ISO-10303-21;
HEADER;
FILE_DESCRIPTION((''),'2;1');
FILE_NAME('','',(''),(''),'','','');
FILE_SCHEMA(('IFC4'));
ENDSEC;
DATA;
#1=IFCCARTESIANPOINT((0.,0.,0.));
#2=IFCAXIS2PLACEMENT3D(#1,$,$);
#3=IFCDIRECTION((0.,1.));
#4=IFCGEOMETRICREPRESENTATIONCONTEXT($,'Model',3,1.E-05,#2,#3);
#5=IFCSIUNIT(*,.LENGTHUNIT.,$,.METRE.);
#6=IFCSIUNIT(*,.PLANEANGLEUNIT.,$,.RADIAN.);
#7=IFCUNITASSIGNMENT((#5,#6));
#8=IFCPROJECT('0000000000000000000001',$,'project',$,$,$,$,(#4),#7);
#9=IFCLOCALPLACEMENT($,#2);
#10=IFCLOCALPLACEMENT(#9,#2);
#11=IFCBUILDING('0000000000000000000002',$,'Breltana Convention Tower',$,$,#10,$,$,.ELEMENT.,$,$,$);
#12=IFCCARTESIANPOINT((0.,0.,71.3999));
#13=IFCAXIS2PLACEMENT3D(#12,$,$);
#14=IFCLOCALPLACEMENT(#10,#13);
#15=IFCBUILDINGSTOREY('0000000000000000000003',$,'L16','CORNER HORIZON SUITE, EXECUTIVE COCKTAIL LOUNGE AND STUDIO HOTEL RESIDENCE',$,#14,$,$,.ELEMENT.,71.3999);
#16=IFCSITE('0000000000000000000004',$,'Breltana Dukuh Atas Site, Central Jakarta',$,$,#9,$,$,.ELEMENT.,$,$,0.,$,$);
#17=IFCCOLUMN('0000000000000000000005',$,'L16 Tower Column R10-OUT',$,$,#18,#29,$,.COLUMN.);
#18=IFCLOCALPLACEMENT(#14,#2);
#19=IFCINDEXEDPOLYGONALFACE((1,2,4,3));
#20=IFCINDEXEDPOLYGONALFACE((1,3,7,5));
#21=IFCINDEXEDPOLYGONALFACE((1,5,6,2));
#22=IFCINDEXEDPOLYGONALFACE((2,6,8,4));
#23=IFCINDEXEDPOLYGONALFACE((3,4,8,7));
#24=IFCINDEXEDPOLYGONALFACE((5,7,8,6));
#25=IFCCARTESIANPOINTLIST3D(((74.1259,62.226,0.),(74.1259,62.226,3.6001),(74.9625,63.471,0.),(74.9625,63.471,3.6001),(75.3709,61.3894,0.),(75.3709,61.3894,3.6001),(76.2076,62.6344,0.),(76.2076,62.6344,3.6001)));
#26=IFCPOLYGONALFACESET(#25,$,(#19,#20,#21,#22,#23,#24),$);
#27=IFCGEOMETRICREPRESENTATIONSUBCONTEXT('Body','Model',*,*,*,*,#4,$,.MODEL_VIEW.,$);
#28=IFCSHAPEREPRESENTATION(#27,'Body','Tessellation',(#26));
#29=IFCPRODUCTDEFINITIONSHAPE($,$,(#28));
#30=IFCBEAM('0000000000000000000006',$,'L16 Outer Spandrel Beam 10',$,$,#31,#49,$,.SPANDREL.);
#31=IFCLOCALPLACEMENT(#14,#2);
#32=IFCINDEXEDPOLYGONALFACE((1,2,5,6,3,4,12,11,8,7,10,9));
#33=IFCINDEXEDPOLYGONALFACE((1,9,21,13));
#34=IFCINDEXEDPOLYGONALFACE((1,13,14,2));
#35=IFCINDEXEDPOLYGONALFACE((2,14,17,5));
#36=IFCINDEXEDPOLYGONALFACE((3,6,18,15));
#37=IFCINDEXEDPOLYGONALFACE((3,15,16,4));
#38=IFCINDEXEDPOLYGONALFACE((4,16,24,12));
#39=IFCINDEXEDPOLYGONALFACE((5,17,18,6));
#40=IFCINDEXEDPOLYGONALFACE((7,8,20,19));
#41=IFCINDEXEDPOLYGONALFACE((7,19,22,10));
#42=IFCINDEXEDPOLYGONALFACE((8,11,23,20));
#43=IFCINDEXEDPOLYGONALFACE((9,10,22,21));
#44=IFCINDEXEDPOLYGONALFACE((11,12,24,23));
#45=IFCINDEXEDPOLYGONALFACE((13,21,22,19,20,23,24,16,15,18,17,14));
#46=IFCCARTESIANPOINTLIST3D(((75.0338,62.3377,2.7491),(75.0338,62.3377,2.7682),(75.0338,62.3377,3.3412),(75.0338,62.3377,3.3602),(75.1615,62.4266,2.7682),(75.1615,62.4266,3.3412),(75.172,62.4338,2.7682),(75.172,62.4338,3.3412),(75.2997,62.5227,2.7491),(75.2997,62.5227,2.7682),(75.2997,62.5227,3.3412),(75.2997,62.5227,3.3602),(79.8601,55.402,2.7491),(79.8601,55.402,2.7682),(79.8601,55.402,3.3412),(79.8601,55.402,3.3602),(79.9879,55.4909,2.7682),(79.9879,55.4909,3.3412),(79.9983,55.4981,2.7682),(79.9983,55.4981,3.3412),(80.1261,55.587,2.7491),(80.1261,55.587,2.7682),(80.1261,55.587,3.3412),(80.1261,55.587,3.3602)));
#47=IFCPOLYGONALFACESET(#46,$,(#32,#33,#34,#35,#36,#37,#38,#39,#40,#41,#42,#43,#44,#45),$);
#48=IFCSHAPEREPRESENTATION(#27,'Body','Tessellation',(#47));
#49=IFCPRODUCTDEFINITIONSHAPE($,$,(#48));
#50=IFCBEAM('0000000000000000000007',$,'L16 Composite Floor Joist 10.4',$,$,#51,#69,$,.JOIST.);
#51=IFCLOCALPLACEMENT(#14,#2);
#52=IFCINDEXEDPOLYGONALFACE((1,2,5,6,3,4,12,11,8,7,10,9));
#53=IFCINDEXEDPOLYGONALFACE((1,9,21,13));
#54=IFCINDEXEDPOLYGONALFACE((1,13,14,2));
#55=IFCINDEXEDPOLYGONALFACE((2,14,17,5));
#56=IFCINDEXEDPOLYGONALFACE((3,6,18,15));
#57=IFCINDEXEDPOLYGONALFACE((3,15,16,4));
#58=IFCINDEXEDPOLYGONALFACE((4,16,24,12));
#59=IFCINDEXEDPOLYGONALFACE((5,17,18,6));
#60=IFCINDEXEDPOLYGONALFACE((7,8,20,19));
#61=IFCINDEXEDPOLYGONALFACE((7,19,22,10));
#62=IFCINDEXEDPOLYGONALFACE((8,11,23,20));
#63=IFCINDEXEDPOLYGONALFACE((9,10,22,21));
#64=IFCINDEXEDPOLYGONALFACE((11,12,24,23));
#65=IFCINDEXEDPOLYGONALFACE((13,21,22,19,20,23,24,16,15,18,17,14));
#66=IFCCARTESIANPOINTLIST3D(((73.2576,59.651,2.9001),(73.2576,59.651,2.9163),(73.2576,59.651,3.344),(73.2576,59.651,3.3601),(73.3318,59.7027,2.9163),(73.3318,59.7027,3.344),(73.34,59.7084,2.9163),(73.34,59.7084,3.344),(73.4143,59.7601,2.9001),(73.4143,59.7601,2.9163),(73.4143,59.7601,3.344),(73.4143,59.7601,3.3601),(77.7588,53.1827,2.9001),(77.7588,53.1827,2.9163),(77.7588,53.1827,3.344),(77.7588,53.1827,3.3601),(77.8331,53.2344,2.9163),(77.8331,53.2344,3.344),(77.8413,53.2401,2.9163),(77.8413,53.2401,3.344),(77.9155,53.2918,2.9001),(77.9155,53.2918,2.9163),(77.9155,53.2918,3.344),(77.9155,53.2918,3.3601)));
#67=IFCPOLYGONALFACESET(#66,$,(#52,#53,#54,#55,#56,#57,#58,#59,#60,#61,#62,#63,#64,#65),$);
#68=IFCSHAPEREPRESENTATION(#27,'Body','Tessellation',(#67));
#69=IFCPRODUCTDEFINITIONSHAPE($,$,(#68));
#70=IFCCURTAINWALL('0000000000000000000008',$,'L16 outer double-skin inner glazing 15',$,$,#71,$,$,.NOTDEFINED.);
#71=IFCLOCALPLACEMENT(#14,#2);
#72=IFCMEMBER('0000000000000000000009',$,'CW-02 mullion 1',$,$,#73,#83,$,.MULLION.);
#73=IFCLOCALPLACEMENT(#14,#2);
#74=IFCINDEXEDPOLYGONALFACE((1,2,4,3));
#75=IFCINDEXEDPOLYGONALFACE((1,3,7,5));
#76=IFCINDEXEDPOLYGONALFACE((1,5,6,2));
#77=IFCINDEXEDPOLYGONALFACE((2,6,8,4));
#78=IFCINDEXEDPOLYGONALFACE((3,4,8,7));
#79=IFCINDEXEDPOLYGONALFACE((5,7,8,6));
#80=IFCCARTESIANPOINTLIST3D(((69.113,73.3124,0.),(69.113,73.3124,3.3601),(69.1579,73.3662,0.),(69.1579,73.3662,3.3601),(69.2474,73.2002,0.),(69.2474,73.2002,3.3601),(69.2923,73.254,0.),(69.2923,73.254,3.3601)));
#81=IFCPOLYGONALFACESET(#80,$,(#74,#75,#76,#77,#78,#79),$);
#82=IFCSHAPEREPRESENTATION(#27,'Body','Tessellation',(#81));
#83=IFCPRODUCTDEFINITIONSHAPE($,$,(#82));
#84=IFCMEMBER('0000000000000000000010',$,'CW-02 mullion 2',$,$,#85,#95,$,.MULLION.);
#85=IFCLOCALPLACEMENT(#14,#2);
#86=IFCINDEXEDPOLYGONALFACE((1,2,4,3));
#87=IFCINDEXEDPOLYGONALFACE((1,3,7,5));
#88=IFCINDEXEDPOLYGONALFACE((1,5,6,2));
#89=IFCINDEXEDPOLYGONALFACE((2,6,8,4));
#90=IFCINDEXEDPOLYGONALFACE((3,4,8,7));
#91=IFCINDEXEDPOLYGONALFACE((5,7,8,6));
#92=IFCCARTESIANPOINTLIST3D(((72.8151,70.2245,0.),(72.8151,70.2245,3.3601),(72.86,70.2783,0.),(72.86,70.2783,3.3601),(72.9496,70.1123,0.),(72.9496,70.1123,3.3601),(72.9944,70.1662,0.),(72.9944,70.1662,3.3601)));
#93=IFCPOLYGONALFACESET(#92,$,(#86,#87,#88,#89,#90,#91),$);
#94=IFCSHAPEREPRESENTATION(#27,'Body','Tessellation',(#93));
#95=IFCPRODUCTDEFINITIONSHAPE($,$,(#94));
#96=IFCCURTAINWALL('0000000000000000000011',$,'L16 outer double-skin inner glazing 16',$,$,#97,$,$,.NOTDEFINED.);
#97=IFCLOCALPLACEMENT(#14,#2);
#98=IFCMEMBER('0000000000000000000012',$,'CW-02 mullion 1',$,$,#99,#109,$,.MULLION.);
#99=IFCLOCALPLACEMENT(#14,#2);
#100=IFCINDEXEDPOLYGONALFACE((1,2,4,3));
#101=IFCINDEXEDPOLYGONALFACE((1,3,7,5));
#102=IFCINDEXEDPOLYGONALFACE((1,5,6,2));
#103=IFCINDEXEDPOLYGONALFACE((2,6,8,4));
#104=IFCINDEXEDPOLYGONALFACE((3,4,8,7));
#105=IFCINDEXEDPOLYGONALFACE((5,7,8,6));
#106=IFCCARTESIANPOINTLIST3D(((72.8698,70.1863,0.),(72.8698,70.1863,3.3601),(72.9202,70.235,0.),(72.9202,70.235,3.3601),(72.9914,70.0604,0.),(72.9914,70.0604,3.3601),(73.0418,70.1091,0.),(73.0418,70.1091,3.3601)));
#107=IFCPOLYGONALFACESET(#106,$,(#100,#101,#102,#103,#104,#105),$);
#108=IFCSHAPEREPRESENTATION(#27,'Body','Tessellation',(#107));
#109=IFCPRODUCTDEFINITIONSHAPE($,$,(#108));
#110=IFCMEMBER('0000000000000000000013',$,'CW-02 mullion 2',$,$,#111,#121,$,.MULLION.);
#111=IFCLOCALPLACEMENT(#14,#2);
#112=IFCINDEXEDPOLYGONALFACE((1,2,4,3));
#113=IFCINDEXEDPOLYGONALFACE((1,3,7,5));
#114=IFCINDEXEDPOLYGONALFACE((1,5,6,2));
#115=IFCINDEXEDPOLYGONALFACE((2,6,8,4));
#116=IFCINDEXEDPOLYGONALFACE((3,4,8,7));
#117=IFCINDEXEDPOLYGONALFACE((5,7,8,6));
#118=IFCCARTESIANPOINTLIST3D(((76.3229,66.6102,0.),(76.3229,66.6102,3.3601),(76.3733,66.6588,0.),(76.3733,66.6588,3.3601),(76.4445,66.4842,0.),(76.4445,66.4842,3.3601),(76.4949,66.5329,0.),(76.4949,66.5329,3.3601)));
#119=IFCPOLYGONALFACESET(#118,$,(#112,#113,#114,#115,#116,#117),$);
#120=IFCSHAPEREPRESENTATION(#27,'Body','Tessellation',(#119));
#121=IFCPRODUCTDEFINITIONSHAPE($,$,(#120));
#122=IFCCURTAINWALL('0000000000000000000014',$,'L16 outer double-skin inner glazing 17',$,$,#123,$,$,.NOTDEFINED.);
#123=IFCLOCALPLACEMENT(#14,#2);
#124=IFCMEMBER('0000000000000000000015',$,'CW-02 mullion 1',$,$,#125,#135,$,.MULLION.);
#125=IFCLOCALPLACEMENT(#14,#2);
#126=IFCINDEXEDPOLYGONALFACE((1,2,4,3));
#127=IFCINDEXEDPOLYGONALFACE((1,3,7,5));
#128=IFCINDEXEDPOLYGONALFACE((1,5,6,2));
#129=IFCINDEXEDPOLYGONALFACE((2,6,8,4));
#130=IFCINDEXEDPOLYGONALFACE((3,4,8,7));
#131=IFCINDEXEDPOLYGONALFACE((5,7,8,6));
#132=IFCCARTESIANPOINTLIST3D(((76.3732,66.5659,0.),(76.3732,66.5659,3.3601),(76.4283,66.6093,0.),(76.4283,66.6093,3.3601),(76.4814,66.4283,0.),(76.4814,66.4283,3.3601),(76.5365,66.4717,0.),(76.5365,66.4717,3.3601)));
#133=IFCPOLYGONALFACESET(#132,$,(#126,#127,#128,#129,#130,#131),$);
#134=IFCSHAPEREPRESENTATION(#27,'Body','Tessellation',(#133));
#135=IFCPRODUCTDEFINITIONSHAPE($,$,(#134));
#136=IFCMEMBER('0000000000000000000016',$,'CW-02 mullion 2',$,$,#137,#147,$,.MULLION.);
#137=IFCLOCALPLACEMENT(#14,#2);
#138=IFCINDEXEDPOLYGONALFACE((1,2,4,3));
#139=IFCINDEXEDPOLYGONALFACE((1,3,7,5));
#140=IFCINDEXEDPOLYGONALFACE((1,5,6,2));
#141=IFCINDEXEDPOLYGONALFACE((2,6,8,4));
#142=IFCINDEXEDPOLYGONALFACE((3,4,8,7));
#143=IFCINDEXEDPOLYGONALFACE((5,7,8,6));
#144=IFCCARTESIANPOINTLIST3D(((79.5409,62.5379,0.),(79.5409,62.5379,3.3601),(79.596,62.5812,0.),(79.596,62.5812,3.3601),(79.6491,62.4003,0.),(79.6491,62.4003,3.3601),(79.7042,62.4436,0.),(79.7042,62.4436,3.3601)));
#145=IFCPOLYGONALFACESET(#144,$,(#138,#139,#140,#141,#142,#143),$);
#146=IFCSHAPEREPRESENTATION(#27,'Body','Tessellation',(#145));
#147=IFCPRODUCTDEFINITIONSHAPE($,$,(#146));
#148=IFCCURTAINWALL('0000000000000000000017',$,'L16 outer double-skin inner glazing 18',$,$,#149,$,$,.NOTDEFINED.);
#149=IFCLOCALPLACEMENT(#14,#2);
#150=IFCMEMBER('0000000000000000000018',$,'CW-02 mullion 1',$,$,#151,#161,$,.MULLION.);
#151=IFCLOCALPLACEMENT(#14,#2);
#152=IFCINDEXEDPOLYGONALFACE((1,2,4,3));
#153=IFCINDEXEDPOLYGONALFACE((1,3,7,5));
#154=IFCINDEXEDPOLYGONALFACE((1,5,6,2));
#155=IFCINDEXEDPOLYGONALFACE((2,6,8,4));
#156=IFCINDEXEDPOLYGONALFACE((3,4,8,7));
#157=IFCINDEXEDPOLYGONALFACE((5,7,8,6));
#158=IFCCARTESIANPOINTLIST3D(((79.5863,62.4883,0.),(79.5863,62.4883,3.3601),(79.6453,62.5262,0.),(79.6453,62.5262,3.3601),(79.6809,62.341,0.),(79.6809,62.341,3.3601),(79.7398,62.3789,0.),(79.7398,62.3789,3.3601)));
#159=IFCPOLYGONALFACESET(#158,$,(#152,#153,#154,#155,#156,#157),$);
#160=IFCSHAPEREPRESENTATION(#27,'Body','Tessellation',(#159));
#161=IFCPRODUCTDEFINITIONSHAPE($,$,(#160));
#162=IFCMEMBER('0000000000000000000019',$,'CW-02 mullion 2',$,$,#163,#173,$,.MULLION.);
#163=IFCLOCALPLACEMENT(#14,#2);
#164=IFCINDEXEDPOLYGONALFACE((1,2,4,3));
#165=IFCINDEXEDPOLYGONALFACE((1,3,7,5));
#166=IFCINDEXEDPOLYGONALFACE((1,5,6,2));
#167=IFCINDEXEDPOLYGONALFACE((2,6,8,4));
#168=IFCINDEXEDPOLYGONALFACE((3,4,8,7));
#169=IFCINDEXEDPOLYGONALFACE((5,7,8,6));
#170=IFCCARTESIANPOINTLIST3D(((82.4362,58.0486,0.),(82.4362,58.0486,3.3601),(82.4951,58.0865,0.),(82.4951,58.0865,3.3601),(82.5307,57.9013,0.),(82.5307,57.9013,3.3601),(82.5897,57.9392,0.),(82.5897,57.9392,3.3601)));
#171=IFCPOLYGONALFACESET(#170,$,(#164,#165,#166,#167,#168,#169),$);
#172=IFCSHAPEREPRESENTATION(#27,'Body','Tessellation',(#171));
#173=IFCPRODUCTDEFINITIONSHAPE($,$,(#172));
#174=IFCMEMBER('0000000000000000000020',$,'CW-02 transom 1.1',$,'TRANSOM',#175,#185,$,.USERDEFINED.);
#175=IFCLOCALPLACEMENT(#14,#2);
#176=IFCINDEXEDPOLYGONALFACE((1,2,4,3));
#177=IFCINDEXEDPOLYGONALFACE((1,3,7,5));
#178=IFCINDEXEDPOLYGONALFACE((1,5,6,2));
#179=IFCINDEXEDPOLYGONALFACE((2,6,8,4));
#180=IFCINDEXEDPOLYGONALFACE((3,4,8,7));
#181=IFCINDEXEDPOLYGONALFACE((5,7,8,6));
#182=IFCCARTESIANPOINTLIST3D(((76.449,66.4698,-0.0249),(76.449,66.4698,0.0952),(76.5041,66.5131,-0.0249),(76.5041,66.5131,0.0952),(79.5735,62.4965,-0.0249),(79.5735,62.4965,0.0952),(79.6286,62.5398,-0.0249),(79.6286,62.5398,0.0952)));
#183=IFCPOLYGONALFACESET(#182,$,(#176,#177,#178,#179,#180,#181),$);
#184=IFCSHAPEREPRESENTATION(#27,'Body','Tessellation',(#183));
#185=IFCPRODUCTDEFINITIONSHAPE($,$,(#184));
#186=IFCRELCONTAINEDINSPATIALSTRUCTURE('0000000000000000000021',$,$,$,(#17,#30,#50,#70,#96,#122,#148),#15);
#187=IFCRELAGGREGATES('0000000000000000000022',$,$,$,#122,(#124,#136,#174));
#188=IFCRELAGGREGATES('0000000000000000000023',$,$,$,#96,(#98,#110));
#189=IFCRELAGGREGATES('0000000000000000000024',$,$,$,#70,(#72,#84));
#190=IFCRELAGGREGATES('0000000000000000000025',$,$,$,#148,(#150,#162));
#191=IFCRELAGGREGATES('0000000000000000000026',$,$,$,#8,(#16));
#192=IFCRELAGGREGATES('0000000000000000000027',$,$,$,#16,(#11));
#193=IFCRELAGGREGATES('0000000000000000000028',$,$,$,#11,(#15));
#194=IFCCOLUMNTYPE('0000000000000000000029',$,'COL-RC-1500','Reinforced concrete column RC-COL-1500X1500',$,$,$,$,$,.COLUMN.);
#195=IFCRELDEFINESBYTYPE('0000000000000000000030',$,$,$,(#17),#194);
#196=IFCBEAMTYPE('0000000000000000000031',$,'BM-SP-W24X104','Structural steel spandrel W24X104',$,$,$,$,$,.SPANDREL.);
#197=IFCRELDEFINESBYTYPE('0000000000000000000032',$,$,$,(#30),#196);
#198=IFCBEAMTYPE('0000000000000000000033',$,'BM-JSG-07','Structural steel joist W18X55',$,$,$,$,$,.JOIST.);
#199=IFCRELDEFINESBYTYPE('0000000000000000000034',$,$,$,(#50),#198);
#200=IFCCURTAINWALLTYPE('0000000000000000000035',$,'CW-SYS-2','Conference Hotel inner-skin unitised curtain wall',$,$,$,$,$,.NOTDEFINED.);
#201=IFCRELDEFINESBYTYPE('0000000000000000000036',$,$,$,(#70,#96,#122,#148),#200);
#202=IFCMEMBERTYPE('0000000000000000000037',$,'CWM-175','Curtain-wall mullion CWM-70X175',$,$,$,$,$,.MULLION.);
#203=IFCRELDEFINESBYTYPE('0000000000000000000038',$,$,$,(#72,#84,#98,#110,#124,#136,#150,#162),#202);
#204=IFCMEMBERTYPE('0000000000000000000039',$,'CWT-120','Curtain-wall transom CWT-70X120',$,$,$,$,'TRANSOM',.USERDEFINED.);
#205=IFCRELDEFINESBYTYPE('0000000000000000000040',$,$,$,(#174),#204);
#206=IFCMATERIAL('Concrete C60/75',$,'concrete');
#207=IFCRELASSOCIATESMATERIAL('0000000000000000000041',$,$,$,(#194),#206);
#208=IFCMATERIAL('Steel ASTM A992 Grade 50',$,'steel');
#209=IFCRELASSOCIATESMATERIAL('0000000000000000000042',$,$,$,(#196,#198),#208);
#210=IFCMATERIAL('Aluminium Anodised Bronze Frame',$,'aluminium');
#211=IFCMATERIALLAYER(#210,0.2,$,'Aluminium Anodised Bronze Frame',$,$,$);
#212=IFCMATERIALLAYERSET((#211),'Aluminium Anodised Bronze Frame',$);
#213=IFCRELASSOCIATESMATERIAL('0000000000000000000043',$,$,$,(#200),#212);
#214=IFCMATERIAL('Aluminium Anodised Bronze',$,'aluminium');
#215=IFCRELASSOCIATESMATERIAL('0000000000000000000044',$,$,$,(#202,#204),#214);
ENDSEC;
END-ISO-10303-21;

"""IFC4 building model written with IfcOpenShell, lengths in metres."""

from ifc_helpers import new_model, si_unit, direction, frame, origin, origin_2d, place, context, subcontext, project, spatial, rectangle, i_section, extrude, source, transform, mapped, material, layer, layer_set, material_profile, profile_set, type_object, type_shapes, element, aggregate, save


model = new_model("IFC4")

# Units and contexts
model_context = context("Model", 3, precision=1e-05, world=origin(), true_north=direction((0.0, 1.0)))
body_context = subcontext(model_context, "Body", "Model", "MODEL_VIEW")
ifc_project = project(units=[si_unit("LENGTHUNIT", "METRE"), si_unit("PLANEANGLEUNIT", "RADIAN")], contexts=[model_context])

# Site, building, storey
site_placement = place(None, origin())
site = spatial("IfcSite", under=ifc_project, at=site_placement, Name="Breltana Dukuh Atas Site, Central Jakarta", CompositionType="ELEMENT", RefElevation=0.0)
building_placement = place(site_placement, origin())
building = spatial("IfcBuilding", under=site, at=building_placement, Name="Breltana Convention Tower", CompositionType="ELEMENT")
storey_placement = place(building_placement, frame((0.0, 0.0, 71.3999)))
storey = spatial("IfcBuildingStorey", under=building, at=storey_placement, Name="L16", Description="CORNER HORIZON SUITE, EXECUTIVE COCKTAIL LOUNGE AND STUDIO HOTEL RESIDENCE", CompositionType="ELEMENT", Elevation=71.3999)

# Column
ifc_material_1 = material(Name="Concrete C60/75", Category="concrete")
ifc_material_profile_1 = material_profile(ifc_material_1, rectangle(XDim=1.5, YDim=1.5, at=origin_2d()), Name="RC-COL-1500X1500")
ifc_profile_set_1 = profile_set([ifc_material_profile_1], Name="Concrete C60/75")
column_type = type_object("IfcColumnType", Name="COL-RC-1500", Description="Reinforced concrete column RC-COL-1500X1500", PredefinedType="COLUMN", material=ifc_profile_set_1)
shared_shape_1 = source(origin(), body_context, "Body", "SweptSolid", [
    extrude(rectangle(XDim=1.5, YDim=1.5, at=origin_2d()), origin(), (0.0, 0.0, 1.0), 3.6001),
])
column_placement = place(storey_placement, frame((75.1667, 62.4302, 0.0), z_axis=(0.0, 0.0, 1.0), x_axis=(0.557745, 0.830012, 0.0)))
element("IfcColumn", 1, at=column_placement, inside=storey, type_object=column_type, Name="L16 Tower Column R10-OUT", PredefinedType="COLUMN", context=body_context, shape_type="MappedRepresentation", body=[
    mapped(shared_shape_1, transform((0.0, 0.0, 0.0), scale=1.0)),
])

# Beams
ifc_material_2 = material(Name="Steel ASTM A992 Grade 50", Category="steel")
ifc_material_profile_2 = material_profile(ifc_material_2, i_section(OverallWidth=0.324, OverallDepth=0.6111, WebThickness=0.0127, FlangeThickness=0.019, at=origin_2d()), Name="W24X104")
ifc_profile_set_2 = profile_set([ifc_material_profile_2], Name="Steel ASTM A992 Grade 50")
beam_type_1 = type_object("IfcBeamType", Name="BM-SP-W24X104", Description="Structural steel spandrel W24X104", PredefinedType="SPANDREL", material=ifc_profile_set_2)
shared_shape_2 = source(origin(), body_context, "Body", "SweptSolid", [
    extrude(i_section(OverallWidth=0.324, OverallDepth=0.6111, WebThickness=0.0127, FlangeThickness=0.019, at=origin_2d()), origin(), (0.0, 0.0, 1.0), 8.4497),
])
beam_1_placement = place(storey_placement, frame((75.1667, 62.4302, 3.0547), z_axis=(0.571186, -0.820821, 0.0), x_axis=(0.820821, 0.571186, 0.0)))
element("IfcBeam", 2, at=beam_1_placement, inside=storey, type_object=beam_type_1, Name="L16 Outer Spandrel Beam 10", PredefinedType="SPANDREL", context=body_context, shape_type="MappedRepresentation", body=[
    mapped(shared_shape_2, transform((0.0, 0.0, 0.0), scale=1.0)),
])
ifc_material_profile_3 = material_profile(ifc_material_2, i_section(OverallWidth=0.1909, OverallDepth=0.46, WebThickness=0.01, FlangeThickness=0.0161, at=origin_2d()), Name="W18X55")
ifc_profile_set_3 = profile_set([ifc_material_profile_3], Name="Steel ASTM A992 Grade 50")
beam_type_2 = type_object("IfcBeamType", Name="BM-JSG-07", Description="Structural steel joist W18X55", PredefinedType="JOIST", material=ifc_profile_set_3)
shared_shape_3 = source(origin(), body_context, "Body", "SweptSolid", [
    extrude(i_section(OverallWidth=0.1909, OverallDepth=0.46, WebThickness=0.01, FlangeThickness=0.0161, at=origin_2d()), origin(), (0.0, 0.0, 1.0), 7.8804),
])
beam_2_placement = place(storey_placement, frame((73.3359, 59.7056, 3.1301), z_axis=(0.571198, -0.820812, 0.0), x_axis=(0.820812, 0.571198, 0.0)))
element("IfcBeam", 3, at=beam_2_placement, inside=storey, type_object=beam_type_2, Name="L16 Composite Floor Joist 10.4", PredefinedType="JOIST", context=body_context, shape_type="MappedRepresentation", body=[
    mapped(shared_shape_3, transform((0.0, 0.0, 0.0), scale=1.0)),
])

# Curtain walls, members
ifc_material_3 = material(Name="Aluminium Anodised Bronze Frame", Category="aluminium")
ifc_layer_1 = layer(ifc_material_3, 0.2, Name="Aluminium Anodised Bronze Frame")
ifc_layer_set_1 = layer_set([ifc_layer_1], Name="Aluminium Anodised Bronze Frame")
curtain_wall_type = type_object("IfcCurtainWallType", Name="CW-SYS-2", Description="Conference Hotel inner-skin unitised curtain wall", PredefinedType="NOTDEFINED", material=ifc_layer_set_1)
curtain_wall_1_placement = place(storey_placement, origin())
curtain_wall_1 = element("IfcCurtainWall", 4, at=curtain_wall_1_placement, inside=storey, type_object=curtain_wall_type, Name="L16 outer double-skin inner glazing 15", PredefinedType="NOTDEFINED")
ifc_material_4 = material(Name="Aluminium Anodised Bronze", Category="aluminium")
ifc_material_profile_4 = material_profile(ifc_material_4, rectangle(XDim=0.0701, YDim=0.175, at=origin_2d()), Name="CWM-70X175")
ifc_profile_set_4 = profile_set([ifc_material_profile_4], Name="Aluminium Anodised Bronze")
member_type_1 = type_object("IfcMemberType", Name="CWM-175", Description="Curtain-wall mullion CWM-70X175", PredefinedType="MULLION", material=ifc_profile_set_4)
shared_shape_4 = source(origin(), body_context, "Body", "SweptSolid", [
    extrude(rectangle(XDim=0.0701, YDim=0.175, at=origin_2d()), origin(), (0.0, 0.0, 1.0), 3.3601),
])
type_shapes(member_type_1, [shared_shape_4])
member_1_placement = place(storey_placement, frame((69.2026, 73.2832, 0.0), z_axis=(0.0, 0.0, 1.0), x_axis=(0.64052, 0.767941, 0.0)))
member_1 = element("IfcMember", 5, at=member_1_placement, type_object=member_type_1, Name="CW-02 mullion 1", PredefinedType="MULLION", context=body_context, shape_type="MappedRepresentation", body=[
    mapped(shared_shape_4, transform((0.0, 0.0, 0.0), scale=1.0)),
])
member_2_placement = place(storey_placement, frame((72.9048, 70.1953, 0.0), z_axis=(0.0, 0.0, 1.0), x_axis=(0.64052, 0.767941, 0.0)))
member_2 = element("IfcMember", 6, at=member_2_placement, type_object=member_type_1, Name="CW-02 mullion 2", PredefinedType="MULLION", context=body_context, shape_type="MappedRepresentation", body=[
    mapped(shared_shape_4, transform((0.0, 0.0, 0.0), scale=1.0)),
])
curtain_wall_2_placement = place(storey_placement, origin())
curtain_wall_2 = element("IfcCurtainWall", 7, at=curtain_wall_2_placement, inside=storey, type_object=curtain_wall_type, Name="L16 outer double-skin inner glazing 16", PredefinedType="NOTDEFINED")
member_3_placement = place(storey_placement, frame((72.9558, 70.1477, 0.0), z_axis=(0.0, 0.0, 1.0), x_axis=(0.719386, 0.69461, 0.0)))
member_3 = element("IfcMember", 8, at=member_3_placement, type_object=member_type_1, Name="CW-02 mullion 1", PredefinedType="MULLION", context=body_context, shape_type="MappedRepresentation", body=[
    mapped(shared_shape_4, transform((0.0, 0.0, 0.0), scale=1.0)),
])
member_4_placement = place(storey_placement, frame((76.4089, 66.5715, 0.0), z_axis=(0.0, 0.0, 1.0), x_axis=(0.719386, 0.69461, 0.0)))
member_4 = element("IfcMember", 9, at=member_4_placement, type_object=member_type_1, Name="CW-02 mullion 2", PredefinedType="MULLION", context=body_context, shape_type="MappedRepresentation", body=[
    mapped(shared_shape_4, transform((0.0, 0.0, 0.0), scale=1.0)),
])
curtain_wall_3_placement = place(storey_placement, origin())
curtain_wall_3 = element("IfcCurtainWall", 10, at=curtain_wall_3_placement, inside=storey, type_object=curtain_wall_type, Name="L16 outer double-skin inner glazing 17", PredefinedType="NOTDEFINED")
member_5_placement = place(storey_placement, frame((76.4548, 66.5188, 0.0), z_axis=(0.0, 0.0, 1.0), x_axis=(0.786057, 0.618154, 0.0)))
member_5 = element("IfcMember", 11, at=member_5_placement, type_object=member_type_1, Name="CW-02 mullion 1", PredefinedType="MULLION", context=body_context, shape_type="MappedRepresentation", body=[
    mapped(shared_shape_4, transform((0.0, 0.0, 0.0), scale=1.0)),
])
member_6_placement = place(storey_placement, frame((79.6226, 62.4907, 0.0), z_axis=(0.0, 0.0, 1.0), x_axis=(0.786057, 0.618154, 0.0)))
member_6 = element("IfcMember", 12, at=member_6_placement, type_object=member_type_1, Name="CW-02 mullion 2", PredefinedType="MULLION", context=body_context, shape_type="MappedRepresentation", body=[
    mapped(shared_shape_4, transform((0.0, 0.0, 0.0), scale=1.0)),
])
curtain_wall_4_placement = place(storey_placement, origin())
curtain_wall_4 = element("IfcCurtainWall", 13, at=curtain_wall_4_placement, inside=storey, type_object=curtain_wall_type, Name="L16 outer double-skin inner glazing 18", PredefinedType="NOTDEFINED")
member_7_placement = place(storey_placement, frame((79.6631, 62.4336, 0.0), z_axis=(0.0, 0.0, 1.0), x_axis=(0.841549, 0.540181, 0.0)))
member_7 = element("IfcMember", 14, at=member_7_placement, type_object=member_type_1, Name="CW-02 mullion 1", PredefinedType="MULLION", context=body_context, shape_type="MappedRepresentation", body=[
    mapped(shared_shape_4, transform((0.0, 0.0, 0.0), scale=1.0)),
])
member_8_placement = place(storey_placement, frame((82.5129, 57.9939, 0.0), z_axis=(0.0, 0.0, 1.0), x_axis=(0.841549, 0.540181, 0.0)))
member_8 = element("IfcMember", 15, at=member_8_placement, type_object=member_type_1, Name="CW-02 mullion 2", PredefinedType="MULLION", context=body_context, shape_type="MappedRepresentation", body=[
    mapped(shared_shape_4, transform((0.0, 0.0, 0.0), scale=1.0)),
])

# Member
ifc_material_profile_5 = material_profile(ifc_material_4, rectangle(XDim=0.0701, YDim=0.1201, at=origin_2d()), Name="CWT-70X120")
ifc_profile_set_5 = profile_set([ifc_material_profile_5], Name="Aluminium Anodised Bronze")
member_type_2 = type_object("IfcMemberType", Name="CWT-120", Description="Curtain-wall transom CWT-70X120", ElementType="TRANSOM", PredefinedType="USERDEFINED", material=ifc_profile_set_5)
shared_shape_5 = source(origin(), body_context, "Body", "SweptSolid", [
    extrude(rectangle(XDim=0.0701, YDim=0.1201, at=origin_2d()), origin(), (0.0, 0.0, 1.0), 5.0547),
])
member_9_placement = place(storey_placement, frame((76.4766, 66.4915, 0.0352), z_axis=(0.618135, -0.786072, 0.0), x_axis=(0.786072, 0.618135, 0.0)))
member_9 = element("IfcMember", 16, at=member_9_placement, type_object=member_type_2, Name="CW-02 transom 1.1", ObjectType="TRANSOM", PredefinedType="USERDEFINED", context=body_context, shape_type="MappedRepresentation", body=[
    mapped(shared_shape_5, transform((0.0, 0.0, 0.0), scale=1.0)),
])

aggregate(curtain_wall_3, [member_5, member_6, member_9])
aggregate(curtain_wall_2, [member_3, member_4])
aggregate(curtain_wall_1, [member_1, member_2])
aggregate(curtain_wall_4, [member_7, member_8])

save(model, "model.ifc")
